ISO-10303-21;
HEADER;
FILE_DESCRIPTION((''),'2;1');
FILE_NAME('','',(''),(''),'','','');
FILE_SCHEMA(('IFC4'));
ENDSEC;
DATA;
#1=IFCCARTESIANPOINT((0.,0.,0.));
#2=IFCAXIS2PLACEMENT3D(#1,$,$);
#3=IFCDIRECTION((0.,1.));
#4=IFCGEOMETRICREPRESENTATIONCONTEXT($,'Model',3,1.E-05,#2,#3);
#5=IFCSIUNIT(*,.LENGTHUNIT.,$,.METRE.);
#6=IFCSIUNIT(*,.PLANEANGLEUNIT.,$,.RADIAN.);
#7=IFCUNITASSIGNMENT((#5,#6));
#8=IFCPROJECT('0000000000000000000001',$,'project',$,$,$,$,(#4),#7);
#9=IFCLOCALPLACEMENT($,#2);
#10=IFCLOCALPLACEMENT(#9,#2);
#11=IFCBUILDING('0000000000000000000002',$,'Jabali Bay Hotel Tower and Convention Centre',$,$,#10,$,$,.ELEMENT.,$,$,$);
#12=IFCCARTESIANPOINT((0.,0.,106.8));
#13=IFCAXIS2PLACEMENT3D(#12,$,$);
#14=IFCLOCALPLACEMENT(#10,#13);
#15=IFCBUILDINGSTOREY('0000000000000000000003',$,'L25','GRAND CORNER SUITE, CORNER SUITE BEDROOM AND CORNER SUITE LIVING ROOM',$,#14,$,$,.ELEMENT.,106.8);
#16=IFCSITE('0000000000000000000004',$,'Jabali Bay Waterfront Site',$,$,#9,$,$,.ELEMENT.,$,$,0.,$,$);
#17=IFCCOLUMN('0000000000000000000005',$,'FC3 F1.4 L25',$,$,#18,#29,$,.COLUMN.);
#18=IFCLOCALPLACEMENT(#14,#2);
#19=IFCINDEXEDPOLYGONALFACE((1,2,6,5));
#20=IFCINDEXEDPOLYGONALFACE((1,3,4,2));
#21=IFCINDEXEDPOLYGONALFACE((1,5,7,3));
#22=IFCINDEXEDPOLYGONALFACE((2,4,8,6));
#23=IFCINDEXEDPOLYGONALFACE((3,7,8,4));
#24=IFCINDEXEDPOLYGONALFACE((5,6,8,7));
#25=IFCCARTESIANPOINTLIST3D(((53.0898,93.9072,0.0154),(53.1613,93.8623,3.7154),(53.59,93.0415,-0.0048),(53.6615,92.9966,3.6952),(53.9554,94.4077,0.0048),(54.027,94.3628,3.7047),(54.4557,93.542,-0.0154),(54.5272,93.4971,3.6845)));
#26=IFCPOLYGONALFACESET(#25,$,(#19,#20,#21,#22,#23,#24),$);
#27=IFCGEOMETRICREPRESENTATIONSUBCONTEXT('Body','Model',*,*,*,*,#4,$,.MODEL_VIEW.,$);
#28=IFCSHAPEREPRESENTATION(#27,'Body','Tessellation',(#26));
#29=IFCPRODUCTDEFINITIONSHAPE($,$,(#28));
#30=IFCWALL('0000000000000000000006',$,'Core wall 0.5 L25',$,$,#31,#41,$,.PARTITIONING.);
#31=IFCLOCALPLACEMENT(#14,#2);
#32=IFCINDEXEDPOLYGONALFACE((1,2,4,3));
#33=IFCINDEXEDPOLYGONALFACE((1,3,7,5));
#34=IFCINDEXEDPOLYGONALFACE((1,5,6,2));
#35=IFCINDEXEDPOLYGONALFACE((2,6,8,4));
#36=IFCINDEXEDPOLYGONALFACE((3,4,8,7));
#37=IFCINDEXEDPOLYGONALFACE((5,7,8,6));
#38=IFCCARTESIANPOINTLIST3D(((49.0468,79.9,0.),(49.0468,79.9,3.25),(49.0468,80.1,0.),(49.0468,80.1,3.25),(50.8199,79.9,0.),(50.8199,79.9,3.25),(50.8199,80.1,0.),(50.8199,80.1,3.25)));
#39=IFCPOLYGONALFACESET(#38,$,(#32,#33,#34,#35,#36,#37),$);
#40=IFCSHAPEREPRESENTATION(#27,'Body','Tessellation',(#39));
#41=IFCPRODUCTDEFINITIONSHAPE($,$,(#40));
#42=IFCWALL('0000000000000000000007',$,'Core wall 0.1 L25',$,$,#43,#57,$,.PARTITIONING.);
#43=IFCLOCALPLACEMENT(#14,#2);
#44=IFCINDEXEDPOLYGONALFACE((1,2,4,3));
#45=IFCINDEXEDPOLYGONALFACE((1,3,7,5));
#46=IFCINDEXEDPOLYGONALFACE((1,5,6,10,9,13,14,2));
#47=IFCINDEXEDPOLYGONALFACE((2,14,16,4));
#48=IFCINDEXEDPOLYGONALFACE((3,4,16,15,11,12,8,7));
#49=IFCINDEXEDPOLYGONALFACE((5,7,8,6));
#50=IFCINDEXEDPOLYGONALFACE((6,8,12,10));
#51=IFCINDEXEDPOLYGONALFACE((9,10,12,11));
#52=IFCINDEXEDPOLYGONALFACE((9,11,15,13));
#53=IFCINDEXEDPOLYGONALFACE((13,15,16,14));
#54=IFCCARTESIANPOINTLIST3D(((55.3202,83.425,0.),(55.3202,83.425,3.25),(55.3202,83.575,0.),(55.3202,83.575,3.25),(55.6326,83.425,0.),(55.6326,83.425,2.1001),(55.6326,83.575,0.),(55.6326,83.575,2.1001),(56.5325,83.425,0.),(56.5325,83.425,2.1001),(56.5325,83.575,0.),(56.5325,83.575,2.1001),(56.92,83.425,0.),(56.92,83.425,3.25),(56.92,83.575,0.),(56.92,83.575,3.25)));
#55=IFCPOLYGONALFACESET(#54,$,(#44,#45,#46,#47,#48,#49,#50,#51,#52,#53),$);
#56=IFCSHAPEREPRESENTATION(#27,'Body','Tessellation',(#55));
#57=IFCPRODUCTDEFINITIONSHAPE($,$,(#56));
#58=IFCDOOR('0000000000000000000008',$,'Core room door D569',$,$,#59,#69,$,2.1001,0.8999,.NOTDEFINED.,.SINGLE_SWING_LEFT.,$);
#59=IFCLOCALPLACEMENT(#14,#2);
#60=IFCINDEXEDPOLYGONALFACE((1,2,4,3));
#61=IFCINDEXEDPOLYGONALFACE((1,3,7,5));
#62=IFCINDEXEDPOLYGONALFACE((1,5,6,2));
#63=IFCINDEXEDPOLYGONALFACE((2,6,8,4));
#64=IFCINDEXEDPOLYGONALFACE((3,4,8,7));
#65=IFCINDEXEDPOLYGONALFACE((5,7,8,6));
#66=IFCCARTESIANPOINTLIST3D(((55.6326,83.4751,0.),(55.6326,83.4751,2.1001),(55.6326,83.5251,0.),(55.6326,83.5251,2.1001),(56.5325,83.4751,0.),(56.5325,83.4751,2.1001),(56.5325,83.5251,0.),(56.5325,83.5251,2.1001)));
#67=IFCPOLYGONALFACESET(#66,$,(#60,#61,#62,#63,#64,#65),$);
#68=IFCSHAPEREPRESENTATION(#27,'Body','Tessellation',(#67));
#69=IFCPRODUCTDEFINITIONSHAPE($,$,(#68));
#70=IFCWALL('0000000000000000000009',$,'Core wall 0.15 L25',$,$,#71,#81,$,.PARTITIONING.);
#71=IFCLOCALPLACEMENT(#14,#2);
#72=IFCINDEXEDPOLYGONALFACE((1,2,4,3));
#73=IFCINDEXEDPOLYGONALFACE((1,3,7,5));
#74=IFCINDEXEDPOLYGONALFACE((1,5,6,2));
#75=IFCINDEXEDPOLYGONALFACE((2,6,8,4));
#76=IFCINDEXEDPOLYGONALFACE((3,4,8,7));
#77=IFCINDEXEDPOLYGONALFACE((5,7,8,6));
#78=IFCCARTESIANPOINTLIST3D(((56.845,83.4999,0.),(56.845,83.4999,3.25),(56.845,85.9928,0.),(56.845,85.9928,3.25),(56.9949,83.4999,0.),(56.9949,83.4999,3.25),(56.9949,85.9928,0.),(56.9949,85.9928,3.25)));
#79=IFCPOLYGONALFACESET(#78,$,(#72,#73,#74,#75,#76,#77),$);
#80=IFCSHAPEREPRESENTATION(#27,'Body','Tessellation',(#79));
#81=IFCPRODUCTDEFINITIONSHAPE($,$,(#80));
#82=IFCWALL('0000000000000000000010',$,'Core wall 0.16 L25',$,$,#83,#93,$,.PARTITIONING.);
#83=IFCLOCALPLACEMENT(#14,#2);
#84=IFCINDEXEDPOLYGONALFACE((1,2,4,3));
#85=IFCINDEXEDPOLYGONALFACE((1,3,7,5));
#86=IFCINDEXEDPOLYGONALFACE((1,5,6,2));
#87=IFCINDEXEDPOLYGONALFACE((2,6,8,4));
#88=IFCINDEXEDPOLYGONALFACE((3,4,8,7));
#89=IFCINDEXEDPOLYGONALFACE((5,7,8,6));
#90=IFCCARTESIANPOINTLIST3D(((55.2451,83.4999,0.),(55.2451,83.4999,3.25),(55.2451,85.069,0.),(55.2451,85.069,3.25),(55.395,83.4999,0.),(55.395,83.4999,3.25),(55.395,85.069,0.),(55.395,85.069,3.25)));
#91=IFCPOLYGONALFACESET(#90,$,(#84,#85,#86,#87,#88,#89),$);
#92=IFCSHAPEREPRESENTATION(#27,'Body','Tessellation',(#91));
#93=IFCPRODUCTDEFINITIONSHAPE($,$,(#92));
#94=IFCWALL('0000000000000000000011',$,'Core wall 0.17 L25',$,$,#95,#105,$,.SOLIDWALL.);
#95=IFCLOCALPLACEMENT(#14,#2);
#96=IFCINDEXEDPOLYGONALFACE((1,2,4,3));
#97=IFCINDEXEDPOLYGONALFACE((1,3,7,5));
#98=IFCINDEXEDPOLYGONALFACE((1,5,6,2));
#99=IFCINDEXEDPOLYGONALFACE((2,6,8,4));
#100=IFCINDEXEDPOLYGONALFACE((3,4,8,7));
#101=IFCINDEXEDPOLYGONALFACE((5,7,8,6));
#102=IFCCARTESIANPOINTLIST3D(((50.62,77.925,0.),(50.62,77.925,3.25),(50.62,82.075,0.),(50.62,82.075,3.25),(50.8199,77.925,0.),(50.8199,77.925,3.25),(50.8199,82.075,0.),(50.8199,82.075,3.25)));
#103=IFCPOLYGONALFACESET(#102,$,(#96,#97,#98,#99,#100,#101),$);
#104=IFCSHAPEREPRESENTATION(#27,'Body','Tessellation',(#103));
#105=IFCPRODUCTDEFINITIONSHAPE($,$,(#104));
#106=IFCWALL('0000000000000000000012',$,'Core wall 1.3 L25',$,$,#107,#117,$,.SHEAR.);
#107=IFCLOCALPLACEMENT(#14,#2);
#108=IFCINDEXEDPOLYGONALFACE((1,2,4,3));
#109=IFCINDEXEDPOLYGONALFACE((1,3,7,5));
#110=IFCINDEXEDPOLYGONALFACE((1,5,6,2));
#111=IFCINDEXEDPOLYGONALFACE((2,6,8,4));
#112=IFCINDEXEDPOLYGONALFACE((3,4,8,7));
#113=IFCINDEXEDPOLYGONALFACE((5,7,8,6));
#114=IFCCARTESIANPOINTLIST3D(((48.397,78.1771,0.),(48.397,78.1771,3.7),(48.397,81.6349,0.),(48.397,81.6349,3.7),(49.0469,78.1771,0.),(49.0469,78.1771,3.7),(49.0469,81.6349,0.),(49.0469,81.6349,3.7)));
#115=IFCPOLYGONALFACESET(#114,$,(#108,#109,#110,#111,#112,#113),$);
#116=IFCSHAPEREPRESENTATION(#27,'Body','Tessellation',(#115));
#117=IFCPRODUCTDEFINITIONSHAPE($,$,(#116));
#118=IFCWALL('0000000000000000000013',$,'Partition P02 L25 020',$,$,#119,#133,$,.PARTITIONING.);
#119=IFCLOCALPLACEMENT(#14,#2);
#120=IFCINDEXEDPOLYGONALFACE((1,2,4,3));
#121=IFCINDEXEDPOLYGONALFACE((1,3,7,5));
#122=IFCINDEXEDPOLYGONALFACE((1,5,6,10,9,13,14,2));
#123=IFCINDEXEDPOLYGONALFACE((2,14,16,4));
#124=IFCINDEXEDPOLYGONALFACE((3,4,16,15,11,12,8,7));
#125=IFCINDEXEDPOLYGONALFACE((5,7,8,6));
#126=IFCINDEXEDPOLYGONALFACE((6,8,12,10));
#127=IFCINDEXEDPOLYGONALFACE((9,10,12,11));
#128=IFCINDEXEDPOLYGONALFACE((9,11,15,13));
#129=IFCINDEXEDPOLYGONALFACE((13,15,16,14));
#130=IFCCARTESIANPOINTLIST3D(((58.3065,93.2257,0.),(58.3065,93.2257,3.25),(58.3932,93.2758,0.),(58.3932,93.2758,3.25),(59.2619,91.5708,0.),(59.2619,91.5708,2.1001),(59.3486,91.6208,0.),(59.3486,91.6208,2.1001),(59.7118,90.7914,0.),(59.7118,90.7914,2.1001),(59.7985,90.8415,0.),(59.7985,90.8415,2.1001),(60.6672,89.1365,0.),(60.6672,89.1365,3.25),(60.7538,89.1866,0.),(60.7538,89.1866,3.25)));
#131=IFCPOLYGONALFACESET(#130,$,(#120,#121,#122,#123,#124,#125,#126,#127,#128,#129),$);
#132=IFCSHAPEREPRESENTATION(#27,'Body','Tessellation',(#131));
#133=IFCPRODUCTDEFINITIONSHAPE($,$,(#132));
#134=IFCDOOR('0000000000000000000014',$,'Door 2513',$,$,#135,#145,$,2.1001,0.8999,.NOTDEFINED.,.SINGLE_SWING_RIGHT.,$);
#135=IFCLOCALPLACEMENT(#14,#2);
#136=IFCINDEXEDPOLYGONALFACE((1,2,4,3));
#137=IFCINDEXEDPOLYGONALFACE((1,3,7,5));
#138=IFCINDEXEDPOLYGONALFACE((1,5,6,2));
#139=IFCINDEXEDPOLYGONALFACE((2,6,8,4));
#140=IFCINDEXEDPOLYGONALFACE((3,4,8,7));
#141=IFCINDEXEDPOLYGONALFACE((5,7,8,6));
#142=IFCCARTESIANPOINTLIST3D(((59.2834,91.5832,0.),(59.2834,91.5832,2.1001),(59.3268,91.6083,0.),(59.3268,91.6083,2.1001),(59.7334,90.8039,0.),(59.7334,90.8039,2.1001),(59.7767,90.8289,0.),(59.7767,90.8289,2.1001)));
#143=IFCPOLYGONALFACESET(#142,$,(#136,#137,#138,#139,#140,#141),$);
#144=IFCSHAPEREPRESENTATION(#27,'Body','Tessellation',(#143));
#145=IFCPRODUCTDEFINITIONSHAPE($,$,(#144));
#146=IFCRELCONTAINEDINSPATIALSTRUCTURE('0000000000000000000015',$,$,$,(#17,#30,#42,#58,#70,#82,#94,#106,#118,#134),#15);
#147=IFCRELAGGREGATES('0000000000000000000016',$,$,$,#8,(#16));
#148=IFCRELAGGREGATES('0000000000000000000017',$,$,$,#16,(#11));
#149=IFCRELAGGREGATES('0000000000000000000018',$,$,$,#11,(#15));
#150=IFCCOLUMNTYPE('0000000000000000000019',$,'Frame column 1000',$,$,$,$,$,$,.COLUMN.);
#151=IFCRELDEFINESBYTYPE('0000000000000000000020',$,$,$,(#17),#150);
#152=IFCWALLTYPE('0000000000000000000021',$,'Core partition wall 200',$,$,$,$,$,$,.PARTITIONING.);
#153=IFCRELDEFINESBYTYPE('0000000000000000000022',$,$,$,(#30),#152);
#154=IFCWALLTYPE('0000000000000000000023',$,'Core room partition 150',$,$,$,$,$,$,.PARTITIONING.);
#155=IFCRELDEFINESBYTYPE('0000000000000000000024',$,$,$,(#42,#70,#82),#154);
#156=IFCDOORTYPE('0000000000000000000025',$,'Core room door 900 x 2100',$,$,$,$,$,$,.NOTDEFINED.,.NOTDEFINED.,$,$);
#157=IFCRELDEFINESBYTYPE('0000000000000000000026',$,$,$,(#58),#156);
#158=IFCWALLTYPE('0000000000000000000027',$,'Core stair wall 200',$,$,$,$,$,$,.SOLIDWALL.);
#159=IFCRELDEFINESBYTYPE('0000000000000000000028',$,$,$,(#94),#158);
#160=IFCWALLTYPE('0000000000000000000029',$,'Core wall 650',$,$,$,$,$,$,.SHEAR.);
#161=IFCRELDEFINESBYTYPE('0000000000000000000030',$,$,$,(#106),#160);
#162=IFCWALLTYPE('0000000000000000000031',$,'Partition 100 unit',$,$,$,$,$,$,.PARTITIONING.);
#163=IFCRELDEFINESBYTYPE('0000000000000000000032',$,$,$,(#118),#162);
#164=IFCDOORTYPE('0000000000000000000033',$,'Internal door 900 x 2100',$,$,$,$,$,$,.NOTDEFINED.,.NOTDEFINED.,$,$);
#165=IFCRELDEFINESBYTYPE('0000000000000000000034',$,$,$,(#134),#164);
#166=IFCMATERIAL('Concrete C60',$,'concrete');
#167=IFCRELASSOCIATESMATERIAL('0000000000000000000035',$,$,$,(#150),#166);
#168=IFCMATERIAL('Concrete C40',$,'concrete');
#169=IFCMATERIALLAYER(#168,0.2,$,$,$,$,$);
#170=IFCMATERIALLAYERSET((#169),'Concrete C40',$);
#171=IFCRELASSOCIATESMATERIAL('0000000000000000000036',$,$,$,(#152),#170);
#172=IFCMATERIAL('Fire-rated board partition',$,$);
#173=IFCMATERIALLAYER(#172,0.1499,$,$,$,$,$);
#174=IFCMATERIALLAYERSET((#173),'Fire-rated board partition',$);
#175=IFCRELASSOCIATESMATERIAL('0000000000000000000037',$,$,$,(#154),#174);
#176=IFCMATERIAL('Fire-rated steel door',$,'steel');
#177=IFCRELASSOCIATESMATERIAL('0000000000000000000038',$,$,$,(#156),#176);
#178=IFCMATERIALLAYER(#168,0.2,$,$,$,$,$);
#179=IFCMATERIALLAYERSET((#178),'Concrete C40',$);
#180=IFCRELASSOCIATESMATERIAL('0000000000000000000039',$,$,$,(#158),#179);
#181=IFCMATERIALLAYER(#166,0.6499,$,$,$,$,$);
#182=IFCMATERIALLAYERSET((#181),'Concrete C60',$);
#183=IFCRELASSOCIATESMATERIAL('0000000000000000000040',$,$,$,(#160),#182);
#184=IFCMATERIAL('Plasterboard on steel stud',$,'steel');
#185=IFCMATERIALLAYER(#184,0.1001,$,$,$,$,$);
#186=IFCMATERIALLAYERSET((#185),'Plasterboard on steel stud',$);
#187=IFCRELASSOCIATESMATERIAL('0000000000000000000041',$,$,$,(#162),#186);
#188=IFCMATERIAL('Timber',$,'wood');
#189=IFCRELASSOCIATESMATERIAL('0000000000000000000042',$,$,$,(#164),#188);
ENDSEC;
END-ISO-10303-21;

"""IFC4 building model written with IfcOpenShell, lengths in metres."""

from ifc_helpers import new_model, si_unit, direction, frame, frame_2d, origin, origin_2d, place, context, subcontext, project, spatial, rectangle, extrude, material, layer, layer_set, material_profile, profile_set, type_object, element, fill, save


model = new_model("IFC4")

# Units and contexts
model_context = context("Model", 3, precision=1e-05, world=origin(), true_north=direction((0.0, 1.0)))
body_context = subcontext(model_context, "Body", "Model", "MODEL_VIEW")
ifc_project = project(units=[si_unit("LENGTHUNIT", "METRE"), si_unit("PLANEANGLEUNIT", "RADIAN")], contexts=[model_context])

# Site, building, storey
site_placement = place(None, origin())
site = spatial("IfcSite", under=ifc_project, at=site_placement, Name="Jabali Bay Waterfront Site", CompositionType="ELEMENT", RefElevation=0.0)
building_placement = place(site_placement, origin())
building = spatial("IfcBuilding", under=site, at=building_placement, Name="Jabali Bay Hotel Tower and Convention Centre", CompositionType="ELEMENT")
storey_placement = place(building_placement, frame((0.0, 0.0, 106.8)))
storey = spatial("IfcBuildingStorey", under=building, at=storey_placement, Name="L25", Description="GRAND CORNER SUITE, CORNER SUITE BEDROOM AND CORNER SUITE LIVING ROOM", CompositionType="ELEMENT", Elevation=106.8)

# Column
ifc_material_1 = material(Name="Concrete C60", Category="concrete")
ifc_material_profile = material_profile(ifc_material_1, rectangle(XDim=1.0, YDim=1.0, at=origin_2d()), Name="Frame column 1000")
ifc_profile_set = profile_set([ifc_material_profile], Name="Concrete C60")
column_type = type_object("IfcColumnType", Name="Frame column 1000", PredefinedType="COLUMN", material=ifc_profile_set)
column_placement = place(storey_placement, frame((53.7727, 93.7246, 0.0), z_axis=(0.019329, -0.012138, 0.99974), x_axis=(-0.500206, 0.865671, 0.020181)))
element("IfcColumn", 1, at=column_placement, inside=storey, type_object=column_type, Name="FC3 F1.4 L25", PredefinedType="COLUMN", context=body_context, shape_type="SweptSolid", body=[
    extrude(rectangle(XDim=1.0, YDim=1.0, at=origin_2d()), origin(), (0.0, 0.0, 1.0), 3.7009),
])

# Wall
ifc_material_2 = material(Name="Concrete C40", Category="concrete")
ifc_layer_1 = layer(ifc_material_2, 0.2)
ifc_layer_set_1 = layer_set([ifc_layer_1], Name="Concrete C40")
wall_type_1 = type_object("IfcWallType", Name="Core partition wall 200", PredefinedType="PARTITIONING", material=ifc_layer_set_1)
wall_1_placement = place(storey_placement, frame((50.8201, 80.0, 0.0), z_axis=(0.0, 0.0, 1.0), x_axis=(-1.0, 0.0, 0.0)))
element("IfcWall", 2, at=wall_1_placement, inside=storey, type_object=wall_type_1, Name="Core wall 0.5 L25", PredefinedType="PARTITIONING", context=body_context, shape_type="SweptSolid", body=[
    extrude(rectangle(XDim=1.7732, YDim=0.2, at=frame_2d((0.8867, 0.0))), origin(), (0.0, 0.0, 1.0), 3.25),
])

# Wall, opening, door
ifc_material_3 = material(Name="Fire-rated board partition")
ifc_layer_2 = layer(ifc_material_3, 0.1499)
ifc_layer_set_2 = layer_set([ifc_layer_2], Name="Fire-rated board partition")
wall_type_2 = type_object("IfcWallType", Name="Core room partition 150", PredefinedType="PARTITIONING", material=ifc_layer_set_2)
wall_2_placement = place(storey_placement, frame((56.9199, 83.5, 0.0), z_axis=(0.0, 0.0, 1.0), x_axis=(-1.0, 0.0, 0.0)))
wall_2 = element("IfcWall", 3, at=wall_2_placement, inside=storey, type_object=wall_type_2, Name="Core wall 0.1 L25", PredefinedType="PARTITIONING", context=body_context, shape_type="SweptSolid", body=[
    extrude(rectangle(XDim=1.5999, YDim=0.1499, at=frame_2d((0.7998, 0.0))), origin(), (0.0, 0.0, 1.0), 3.25),
])
opening_1_placement = place(wall_2_placement, frame((0.3875, 0.0, 0.0)))
opening_1 = element("IfcOpeningElement", 4, at=opening_1_placement, cuts=wall_2, PredefinedType="OPENING", context=body_context, shape_type="SweptSolid", body=[
    extrude(rectangle(XDim=0.8999, YDim=2.1001, at=frame_2d((0.45, 1.05))), frame((0.0, 0.0854, 0.0), z_axis=(0.0, -1.0, 0.0), x_axis=(1.0, 0.0, 0.0)), (0.0, 0.0, 1.0), 0.1709),
])
ifc_material_4 = material(Name="Fire-rated steel door", Category="steel")
door_type_1 = type_object("IfcDoorType", Name="Core room door 900 x 2100", OperationType="NOTDEFINED", PredefinedType="NOTDEFINED", material=ifc_material_4)
door_1_placement = place(opening_1_placement, origin())
door_1 = element("IfcDoor", 5, at=door_1_placement, inside=storey, type_object=door_type_1, Name="Core room door D569", OperationType="SINGLE_SWING_LEFT", OverallHeight=2.1001, OverallWidth=0.8999, PredefinedType="NOTDEFINED", context=body_context, shape_type="SweptSolid", body=[
    extrude(rectangle(XDim=0.8999, YDim=2.1001, at=frame_2d((0.45, 1.05))), frame((0.0, 0.0249, 0.0), z_axis=(0.0, -1.0, 0.0), x_axis=(1.0, 0.0, 0.0)), (0.0, 0.0, 1.0), 0.05),
])
fill(opening_1, door_1)

# Walls
wall_3_placement = place(storey_placement, frame((56.9199, 85.9929, 0.0), z_axis=(0.0, 0.0, 1.0), x_axis=(0.0, -1.0, 0.0)))
element("IfcWall", 6, at=wall_3_placement, inside=storey, type_object=wall_type_2, Name="Core wall 0.15 L25", PredefinedType="PARTITIONING", context=body_context, shape_type="SweptSolid", body=[
    extrude(rectangle(XDim=2.4929, YDim=0.1499, at=frame_2d((1.2466, 0.0))), origin(), (0.0, 0.0, 1.0), 3.25),
])
wall_4_placement = place(storey_placement, frame((55.3201, 85.0691, 0.0), z_axis=(0.0, 0.0, 1.0), x_axis=(0.0, -1.0, 0.0)))
element("IfcWall", 7, at=wall_4_placement, inside=storey, type_object=wall_type_2, Name="Core wall 0.16 L25", PredefinedType="PARTITIONING", context=body_context, shape_type="SweptSolid", body=[
    extrude(rectangle(XDim=1.5691, YDim=0.1499, at=frame_2d((0.7847, 0.0))), origin(), (0.0, 0.0, 1.0), 3.25),
])
ifc_layer_3 = layer(ifc_material_2, 0.2)
ifc_layer_set_3 = layer_set([ifc_layer_3], Name="Concrete C40")
wall_type_3 = type_object("IfcWallType", Name="Core stair wall 200", PredefinedType="SOLIDWALL", material=ifc_layer_set_3)
wall_5_placement = place(storey_placement, frame((50.72, 82.075, 0.0), z_axis=(0.0, 0.0, 1.0), x_axis=(0.0, -1.0, 0.0)))
element("IfcWall", 8, at=wall_5_placement, inside=storey, type_object=wall_type_3, Name="Core wall 0.17 L25", PredefinedType="SOLIDWALL", context=body_context, shape_type="SweptSolid", body=[
    extrude(rectangle(XDim=4.1499, YDim=0.2, at=frame_2d((2.075, 0.0))), origin(), (0.0, 0.0, 1.0), 3.25),
])
ifc_layer_4 = layer(ifc_material_1, 0.6499)
ifc_layer_set_4 = layer_set([ifc_layer_4], Name="Concrete C60")
wall_type_4 = type_object("IfcWallType", Name="Core wall 650", PredefinedType="SHEAR", material=ifc_layer_set_4)
wall_6_placement = place(storey_placement, frame((48.7219, 81.635, 0.0), z_axis=(0.0, 0.0, 1.0), x_axis=(0.0, -1.0, 0.0)))
element("IfcWall", 9, at=wall_6_placement, inside=storey, type_object=wall_type_4, Name="Core wall 1.3 L25", PredefinedType="SHEAR", context=body_context, shape_type="SweptSolid", body=[
    extrude(rectangle(XDim=3.4578, YDim=0.6499, at=frame_2d((1.729, 0.0))), origin(), (0.0, 0.0, 1.0), 3.7),
])

# Wall, opening, door
ifc_material_5 = material(Name="Plasterboard on steel stud", Category="steel")
ifc_layer_5 = layer(ifc_material_5, 0.1001)
ifc_layer_set_5 = layer_set([ifc_layer_5], Name="Plasterboard on steel stud")
wall_type_5 = type_object("IfcWallType", Name="Partition 100 unit", PredefinedType="PARTITIONING", material=ifc_layer_set_5)
wall_7_placement = place(storey_placement, frame((58.3499, 93.2507, 0.0), z_axis=(0.0, 0.0, 1.0), x_axis=(0.49996, -0.866049, 0.0)))
wall_7 = element("IfcWall", 10, at=wall_7_placement, inside=storey, type_object=wall_type_5, Name="Partition P02 L25 020", PredefinedType="PARTITIONING", context=body_context, shape_type="SweptSolid", body=[
    extrude(rectangle(XDim=4.7217, YDim=0.1001, at=frame_2d((2.3608, 0.0))), origin(), (0.0, 0.0, 1.0), 3.25),
])
opening_2_placement = place(wall_7_placement, frame((1.9109, 0.0, 0.0)))
opening_2 = element("IfcOpeningElement", 11, at=opening_2_placement, cuts=wall_7, PredefinedType="OPENING", context=body_context, shape_type="SweptSolid", body=[
    extrude(rectangle(XDim=0.8999, YDim=2.1001, at=frame_2d((0.45, 1.05))), frame((0.0, 0.0605, 0.0), z_axis=(0.0, -1.0, 0.0), x_axis=(1.0, 0.0, 0.0)), (0.0, 0.0, 1.0), 0.1211),
])
ifc_material_6 = material(Name="Timber", Category="wood")
door_type_2 = type_object("IfcDoorType", Name="Internal door 900 x 2100", OperationType="NOTDEFINED", PredefinedType="NOTDEFINED", material=ifc_material_6)
door_2_placement = place(opening_2_placement, origin())
door_2 = element("IfcDoor", 12, at=door_2_placement, inside=storey, type_object=door_type_2, Name="Door 2513", OperationType="SINGLE_SWING_RIGHT", OverallHeight=2.1001, OverallWidth=0.8999, PredefinedType="NOTDEFINED", context=body_context, shape_type="SweptSolid", body=[
    extrude(rectangle(XDim=0.8999, YDim=2.1001, at=frame_2d((0.45, 1.05))), frame((0.0, 0.0249, 0.0), z_axis=(0.0, -1.0, 0.0), x_axis=(1.0, 0.0, 0.0)), (0.0, 0.0, 1.0), 0.05),
])
fill(opening_2, door_2)

save(model, "model.ifc")
